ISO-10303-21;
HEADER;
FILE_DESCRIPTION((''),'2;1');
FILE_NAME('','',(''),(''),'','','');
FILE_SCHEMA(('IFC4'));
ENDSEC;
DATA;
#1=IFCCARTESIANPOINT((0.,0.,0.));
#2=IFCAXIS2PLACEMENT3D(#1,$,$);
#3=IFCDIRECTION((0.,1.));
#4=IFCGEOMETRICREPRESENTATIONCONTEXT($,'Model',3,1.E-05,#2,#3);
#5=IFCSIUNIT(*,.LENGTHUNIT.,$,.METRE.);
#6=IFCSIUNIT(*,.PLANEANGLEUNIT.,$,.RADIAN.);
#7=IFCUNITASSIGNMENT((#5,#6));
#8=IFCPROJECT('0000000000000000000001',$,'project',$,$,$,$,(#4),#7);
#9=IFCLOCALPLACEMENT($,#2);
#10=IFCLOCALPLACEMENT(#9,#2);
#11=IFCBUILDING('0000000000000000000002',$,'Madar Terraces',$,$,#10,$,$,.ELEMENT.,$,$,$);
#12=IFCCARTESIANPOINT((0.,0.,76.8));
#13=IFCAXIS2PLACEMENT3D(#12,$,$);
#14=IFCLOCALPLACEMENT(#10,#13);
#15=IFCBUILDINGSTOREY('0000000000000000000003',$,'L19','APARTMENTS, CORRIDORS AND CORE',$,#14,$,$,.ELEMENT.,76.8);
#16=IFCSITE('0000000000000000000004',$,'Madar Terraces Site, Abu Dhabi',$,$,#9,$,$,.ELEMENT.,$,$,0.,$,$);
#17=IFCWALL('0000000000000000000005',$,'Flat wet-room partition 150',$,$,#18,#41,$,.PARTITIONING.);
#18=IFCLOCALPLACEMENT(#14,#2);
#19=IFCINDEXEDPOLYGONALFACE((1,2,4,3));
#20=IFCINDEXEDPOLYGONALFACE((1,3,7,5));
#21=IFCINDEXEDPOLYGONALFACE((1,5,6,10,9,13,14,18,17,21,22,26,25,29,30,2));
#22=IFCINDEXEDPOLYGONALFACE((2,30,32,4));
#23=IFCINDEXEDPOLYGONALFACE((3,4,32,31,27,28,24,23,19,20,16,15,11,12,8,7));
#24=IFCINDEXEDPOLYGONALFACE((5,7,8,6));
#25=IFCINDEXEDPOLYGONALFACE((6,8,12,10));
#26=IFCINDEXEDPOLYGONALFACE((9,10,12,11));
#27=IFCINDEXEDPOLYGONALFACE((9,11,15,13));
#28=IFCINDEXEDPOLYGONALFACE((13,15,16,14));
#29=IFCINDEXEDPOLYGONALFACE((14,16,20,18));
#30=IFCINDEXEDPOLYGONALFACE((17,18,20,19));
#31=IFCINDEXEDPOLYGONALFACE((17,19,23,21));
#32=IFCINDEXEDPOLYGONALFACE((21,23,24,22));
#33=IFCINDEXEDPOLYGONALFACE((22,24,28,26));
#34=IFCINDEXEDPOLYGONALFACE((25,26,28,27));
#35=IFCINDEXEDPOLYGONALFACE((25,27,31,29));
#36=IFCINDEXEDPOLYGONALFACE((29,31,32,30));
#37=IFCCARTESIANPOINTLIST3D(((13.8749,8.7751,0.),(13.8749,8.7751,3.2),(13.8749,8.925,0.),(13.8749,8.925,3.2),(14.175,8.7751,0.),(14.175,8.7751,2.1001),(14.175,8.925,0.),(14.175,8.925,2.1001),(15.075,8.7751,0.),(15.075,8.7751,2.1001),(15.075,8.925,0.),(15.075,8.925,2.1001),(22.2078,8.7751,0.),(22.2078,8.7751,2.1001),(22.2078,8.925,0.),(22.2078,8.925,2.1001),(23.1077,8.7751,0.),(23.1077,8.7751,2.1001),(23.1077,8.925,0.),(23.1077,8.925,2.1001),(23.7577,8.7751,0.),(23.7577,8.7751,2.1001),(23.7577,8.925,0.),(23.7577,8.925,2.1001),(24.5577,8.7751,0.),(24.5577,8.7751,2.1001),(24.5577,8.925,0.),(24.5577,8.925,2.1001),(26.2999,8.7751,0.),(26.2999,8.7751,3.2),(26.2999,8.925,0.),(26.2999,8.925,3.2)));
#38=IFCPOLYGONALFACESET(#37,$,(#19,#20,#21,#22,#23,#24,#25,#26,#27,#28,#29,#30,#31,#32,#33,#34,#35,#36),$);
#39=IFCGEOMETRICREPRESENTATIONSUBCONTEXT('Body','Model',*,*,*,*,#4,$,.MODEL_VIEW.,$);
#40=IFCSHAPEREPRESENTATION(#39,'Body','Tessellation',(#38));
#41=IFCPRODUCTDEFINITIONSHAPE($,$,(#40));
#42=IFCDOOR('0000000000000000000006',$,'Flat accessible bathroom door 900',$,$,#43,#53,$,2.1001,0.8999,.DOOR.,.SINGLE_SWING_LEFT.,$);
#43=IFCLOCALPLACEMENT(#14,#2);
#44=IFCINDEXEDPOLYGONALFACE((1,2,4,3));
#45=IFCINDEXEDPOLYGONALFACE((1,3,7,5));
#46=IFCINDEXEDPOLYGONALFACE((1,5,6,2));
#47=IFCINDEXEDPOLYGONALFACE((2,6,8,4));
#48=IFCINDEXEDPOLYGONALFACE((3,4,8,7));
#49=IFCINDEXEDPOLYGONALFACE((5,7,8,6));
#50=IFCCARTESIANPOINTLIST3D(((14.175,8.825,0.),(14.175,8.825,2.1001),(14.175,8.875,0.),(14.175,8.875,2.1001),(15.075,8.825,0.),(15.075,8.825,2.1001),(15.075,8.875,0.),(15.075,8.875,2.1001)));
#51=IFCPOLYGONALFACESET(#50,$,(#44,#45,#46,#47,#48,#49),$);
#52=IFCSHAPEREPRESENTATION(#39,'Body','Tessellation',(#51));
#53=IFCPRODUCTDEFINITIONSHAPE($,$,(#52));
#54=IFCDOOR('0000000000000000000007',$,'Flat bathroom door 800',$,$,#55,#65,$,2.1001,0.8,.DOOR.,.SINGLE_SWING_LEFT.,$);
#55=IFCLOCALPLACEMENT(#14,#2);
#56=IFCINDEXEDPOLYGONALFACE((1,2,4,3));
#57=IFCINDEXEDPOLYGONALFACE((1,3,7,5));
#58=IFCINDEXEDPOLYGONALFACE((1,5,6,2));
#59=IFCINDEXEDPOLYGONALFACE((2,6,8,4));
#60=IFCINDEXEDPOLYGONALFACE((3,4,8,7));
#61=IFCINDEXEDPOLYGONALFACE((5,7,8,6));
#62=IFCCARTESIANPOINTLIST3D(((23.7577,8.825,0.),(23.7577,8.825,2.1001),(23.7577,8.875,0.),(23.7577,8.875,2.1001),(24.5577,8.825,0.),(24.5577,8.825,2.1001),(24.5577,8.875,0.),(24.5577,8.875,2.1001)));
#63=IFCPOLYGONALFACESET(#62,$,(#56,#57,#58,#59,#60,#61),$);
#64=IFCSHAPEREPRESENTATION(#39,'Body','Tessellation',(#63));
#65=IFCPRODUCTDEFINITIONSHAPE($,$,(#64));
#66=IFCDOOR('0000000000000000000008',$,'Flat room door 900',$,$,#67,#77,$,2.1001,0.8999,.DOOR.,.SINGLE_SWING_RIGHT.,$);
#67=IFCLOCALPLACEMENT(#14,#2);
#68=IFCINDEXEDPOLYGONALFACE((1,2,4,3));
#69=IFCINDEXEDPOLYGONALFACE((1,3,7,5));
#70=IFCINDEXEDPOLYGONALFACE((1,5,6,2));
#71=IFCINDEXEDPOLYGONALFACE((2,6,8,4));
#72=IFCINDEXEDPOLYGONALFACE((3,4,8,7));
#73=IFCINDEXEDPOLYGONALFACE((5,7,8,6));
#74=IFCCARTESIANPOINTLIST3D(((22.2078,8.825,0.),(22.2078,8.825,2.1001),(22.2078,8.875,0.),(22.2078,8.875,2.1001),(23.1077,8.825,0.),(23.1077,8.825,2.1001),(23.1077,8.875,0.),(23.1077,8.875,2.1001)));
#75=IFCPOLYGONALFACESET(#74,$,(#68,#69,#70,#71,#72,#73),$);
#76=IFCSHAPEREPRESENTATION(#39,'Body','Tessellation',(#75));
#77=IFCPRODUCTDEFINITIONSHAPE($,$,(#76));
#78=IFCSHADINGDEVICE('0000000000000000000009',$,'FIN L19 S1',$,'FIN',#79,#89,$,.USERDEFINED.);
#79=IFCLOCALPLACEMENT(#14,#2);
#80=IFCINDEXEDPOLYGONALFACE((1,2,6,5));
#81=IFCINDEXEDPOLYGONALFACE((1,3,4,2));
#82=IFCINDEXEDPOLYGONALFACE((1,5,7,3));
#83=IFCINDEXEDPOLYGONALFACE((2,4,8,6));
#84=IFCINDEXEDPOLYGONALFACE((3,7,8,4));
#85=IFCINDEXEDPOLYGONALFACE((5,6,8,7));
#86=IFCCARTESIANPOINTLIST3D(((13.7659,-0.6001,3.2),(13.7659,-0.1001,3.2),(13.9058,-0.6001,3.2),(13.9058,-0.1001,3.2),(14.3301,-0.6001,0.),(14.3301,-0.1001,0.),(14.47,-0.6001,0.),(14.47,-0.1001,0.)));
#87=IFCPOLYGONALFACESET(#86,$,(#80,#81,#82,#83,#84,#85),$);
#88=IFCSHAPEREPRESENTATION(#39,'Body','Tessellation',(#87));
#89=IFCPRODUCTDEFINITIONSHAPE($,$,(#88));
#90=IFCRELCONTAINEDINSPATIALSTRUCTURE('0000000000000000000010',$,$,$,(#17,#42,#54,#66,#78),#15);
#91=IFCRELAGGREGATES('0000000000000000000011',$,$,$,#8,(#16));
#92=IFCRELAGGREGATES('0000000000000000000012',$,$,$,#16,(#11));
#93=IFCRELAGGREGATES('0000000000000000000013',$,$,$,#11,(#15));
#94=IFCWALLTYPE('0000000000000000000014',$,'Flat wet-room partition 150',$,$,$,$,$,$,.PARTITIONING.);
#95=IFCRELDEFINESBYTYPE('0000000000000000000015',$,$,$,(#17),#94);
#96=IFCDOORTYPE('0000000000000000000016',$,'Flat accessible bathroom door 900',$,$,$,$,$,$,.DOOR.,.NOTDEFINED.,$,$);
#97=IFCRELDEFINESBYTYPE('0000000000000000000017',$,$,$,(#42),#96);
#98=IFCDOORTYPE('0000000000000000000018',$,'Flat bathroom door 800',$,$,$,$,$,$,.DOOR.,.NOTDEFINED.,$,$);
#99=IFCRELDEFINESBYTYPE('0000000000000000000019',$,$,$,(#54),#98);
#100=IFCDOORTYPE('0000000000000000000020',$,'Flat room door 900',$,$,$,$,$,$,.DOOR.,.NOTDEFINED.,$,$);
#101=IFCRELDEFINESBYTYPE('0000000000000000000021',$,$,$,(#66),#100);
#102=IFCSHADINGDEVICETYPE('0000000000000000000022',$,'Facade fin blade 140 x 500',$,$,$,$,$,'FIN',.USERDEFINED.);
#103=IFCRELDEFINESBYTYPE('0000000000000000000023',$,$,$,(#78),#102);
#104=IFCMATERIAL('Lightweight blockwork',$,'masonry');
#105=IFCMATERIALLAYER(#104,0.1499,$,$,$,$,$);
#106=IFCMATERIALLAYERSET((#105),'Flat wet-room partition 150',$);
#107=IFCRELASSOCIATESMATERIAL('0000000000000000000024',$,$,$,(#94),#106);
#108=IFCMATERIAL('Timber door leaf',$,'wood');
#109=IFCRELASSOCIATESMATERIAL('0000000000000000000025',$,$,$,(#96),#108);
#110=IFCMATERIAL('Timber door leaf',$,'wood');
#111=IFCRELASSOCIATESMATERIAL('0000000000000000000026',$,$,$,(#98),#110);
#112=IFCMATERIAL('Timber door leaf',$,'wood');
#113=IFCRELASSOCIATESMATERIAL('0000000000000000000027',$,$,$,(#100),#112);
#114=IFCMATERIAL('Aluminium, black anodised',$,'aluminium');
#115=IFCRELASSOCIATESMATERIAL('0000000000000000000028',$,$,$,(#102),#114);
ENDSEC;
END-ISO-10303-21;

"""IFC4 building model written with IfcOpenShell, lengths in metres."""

from ifc_helpers import new_model, si_unit, direction, frame, frame_2d, origin, place, context, subcontext, project, spatial, polyline, rectangle, outline, extrude, material, layer, layer_set, type_object, element, fill, save


model = new_model("IFC4")

# Units and contexts
model_context = context("Model", 3, precision=1e-05, world=origin(), true_north=direction((0.0, 1.0)))
body_context = subcontext(model_context, "Body", "Model", "MODEL_VIEW")
ifc_project = project(units=[si_unit("LENGTHUNIT", "METRE"), si_unit("PLANEANGLEUNIT", "RADIAN")], contexts=[model_context])

# Site, building, storey
site_placement = place(None, origin())
site = spatial("IfcSite", under=ifc_project, at=site_placement, Name="Madar Terraces Site, Abu Dhabi", CompositionType="ELEMENT", RefElevation=0.0)
building_placement = place(site_placement, origin())
building = spatial("IfcBuilding", under=site, at=building_placement, Name="Madar Terraces", CompositionType="ELEMENT")
storey_placement = place(building_placement, frame((0.0, 0.0, 76.8)))
storey = spatial("IfcBuildingStorey", under=building, at=storey_placement, Name="L19", Description="APARTMENTS, CORRIDORS AND CORE", CompositionType="ELEMENT", Elevation=76.8)

# Shared definitions
ifc_material_1 = material(Name="Lightweight blockwork", Category="masonry")
ifc_layer_1 = layer(ifc_material_1, 0.1499)
ifc_layer_set_1 = layer_set([ifc_layer_1], Name="Flat wet-room partition 150")
wall_type_1 = type_object("IfcWallType", Name="Flat wet-room partition 150", PredefinedType="PARTITIONING", material=ifc_layer_set_1)

# Wall, openings, doors
wall_1_placement = place(storey_placement, frame((13.875, 8.8501, 0.0), z_axis=(0.0, 0.0, 1.0), x_axis=(1.0, 0.0, 0.0)))
wall_1 = element("IfcWall", 1, at=wall_1_placement, inside=storey, type_object=wall_type_1, Name="Flat wet-room partition 150", PredefinedType="PARTITIONING", context=body_context, shape_type="SweptSolid", body=[
    extrude(rectangle(XDim=12.425, YDim=0.1499, at=frame_2d((6.2124, 0.0))), origin(), (0.0, 0.0, 1.0), 3.2),
])
opening_1_placement = place(wall_1_placement, frame((0.3, 0.0, 0.0)))
opening_1 = element("IfcOpeningElement", 2, at=opening_1_placement, cuts=wall_1, PredefinedType="OPENING", context=body_context, shape_type="SweptSolid", body=[
    extrude(rectangle(XDim=0.8999, YDim=2.1001, at=frame_2d((0.45, 1.05))), frame((0.0, 0.085, 0.0), z_axis=(0.0, -1.0, 0.0), x_axis=(1.0, 0.0, 0.0)), (0.0, 0.0, 1.0), 0.1699),
])
opening_2_placement = place(wall_1_placement, frame((8.3328, 0.0, 0.0)))
opening_2 = element("IfcOpeningElement", 3, at=opening_2_placement, cuts=wall_1, PredefinedType="OPENING", context=body_context, shape_type="SweptSolid", body=[
    extrude(rectangle(XDim=0.8999, YDim=2.1001, at=frame_2d((0.45, 1.05))), frame((0.0, 0.085, 0.0), z_axis=(0.0, -1.0, 0.0), x_axis=(1.0, 0.0, 0.0)), (0.0, 0.0, 1.0), 0.1699),
])
opening_3_placement = place(wall_1_placement, frame((9.8828, 0.0, 0.0)))
opening_3 = element("IfcOpeningElement", 4, at=opening_3_placement, cuts=wall_1, PredefinedType="OPENING", context=body_context, shape_type="SweptSolid", body=[
    extrude(rectangle(XDim=0.8, YDim=2.1001, at=frame_2d((0.3999, 1.05))), frame((0.0, 0.085, 0.0), z_axis=(0.0, -1.0, 0.0), x_axis=(1.0, 0.0, 0.0)), (0.0, 0.0, 1.0), 0.1699),
])
ifc_material_2 = material(Name="Timber door leaf", Category="wood")
door_type_1 = type_object("IfcDoorType", Name="Flat accessible bathroom door 900", OperationType="NOTDEFINED", PredefinedType="DOOR", material=ifc_material_2)
door_1_placement = place(opening_1_placement, origin())
door_1 = element("IfcDoor", 5, at=door_1_placement, inside=storey, type_object=door_type_1, Name="Flat accessible bathroom door 900", OperationType="SINGLE_SWING_LEFT", OverallHeight=2.1001, OverallWidth=0.8999, PredefinedType="DOOR", context=body_context, shape_type="SweptSolid", body=[
    extrude(rectangle(XDim=0.8999, YDim=2.1001, at=frame_2d((0.45, 1.05))), frame((0.0, 0.0249, 0.0), z_axis=(0.0, -1.0, 0.0), x_axis=(1.0, 0.0, 0.0)), (0.0, 0.0, 1.0), 0.05),
])
fill(opening_1, door_1)
ifc_material_3 = material(Name="Timber door leaf", Category="wood")
door_type_2 = type_object("IfcDoorType", Name="Flat bathroom door 800", OperationType="NOTDEFINED", PredefinedType="DOOR", material=ifc_material_3)
door_2_placement = place(opening_3_placement, origin())
door_2 = element("IfcDoor", 6, at=door_2_placement, inside=storey, type_object=door_type_2, Name="Flat bathroom door 800", OperationType="SINGLE_SWING_LEFT", OverallHeight=2.1001, OverallWidth=0.8, PredefinedType="DOOR", context=body_context, shape_type="SweptSolid", body=[
    extrude(rectangle(XDim=0.8, YDim=2.1001, at=frame_2d((0.3999, 1.05))), frame((0.0, 0.0249, 0.0), z_axis=(0.0, -1.0, 0.0), x_axis=(1.0, 0.0, 0.0)), (0.0, 0.0, 1.0), 0.05),
])
fill(opening_3, door_2)
ifc_material_4 = material(Name="Timber door leaf", Category="wood")
door_type_3 = type_object("IfcDoorType", Name="Flat room door 900", OperationType="NOTDEFINED", PredefinedType="DOOR", material=ifc_material_4)
door_3_placement = place(opening_2_placement, origin())
door_3 = element("IfcDoor", 7, at=door_3_placement, inside=storey, type_object=door_type_3, Name="Flat room door 900", OperationType="SINGLE_SWING_RIGHT", OverallHeight=2.1001, OverallWidth=0.8999, PredefinedType="DOOR", context=body_context, shape_type="SweptSolid", body=[
    extrude(rectangle(XDim=0.8999, YDim=2.1001, at=frame_2d((0.45, 1.05))), frame((0.0, 0.0249, 0.0), z_axis=(0.0, -1.0, 0.0), x_axis=(1.0, 0.0, 0.0)), (0.0, 0.0, 1.0), 0.05),
])
fill(opening_2, door_3)

# Shading device
ifc_material_5 = material(Name="Aluminium, black anodised", Category="aluminium")
shading_device_type = type_object("IfcShadingDeviceType", Name="Facade fin blade 140 x 500", ElementType="FIN", PredefinedType="USERDEFINED", material=ifc_material_5)
shading_device_placement = place(storey_placement, frame((14.3301, -0.3501, 0.0), z_axis=(0.0, 0.0, 1.0), x_axis=(1.0, 0.0, 0.0)))
element("IfcShadingDevice", 8, at=shading_device_placement, inside=storey, type_object=shading_device_type, Name="FIN L19 S1", ObjectType="FIN", PredefinedType="USERDEFINED", context=body_context, shape_type="SweptSolid", body=[
    extrude(outline(polyline([(0.0, 0.0), (0.1399, 0.0), (-0.4243, 3.2), (-0.5642, 3.2), (0.0, 0.0)])), frame((0.0, 0.25, 0.0), z_axis=(0.0, -1.0, 0.0), x_axis=(1.0, 0.0, 0.0)), (0.0, 0.0, 1.0), 0.5),
])

save(model, "model.ifc")
